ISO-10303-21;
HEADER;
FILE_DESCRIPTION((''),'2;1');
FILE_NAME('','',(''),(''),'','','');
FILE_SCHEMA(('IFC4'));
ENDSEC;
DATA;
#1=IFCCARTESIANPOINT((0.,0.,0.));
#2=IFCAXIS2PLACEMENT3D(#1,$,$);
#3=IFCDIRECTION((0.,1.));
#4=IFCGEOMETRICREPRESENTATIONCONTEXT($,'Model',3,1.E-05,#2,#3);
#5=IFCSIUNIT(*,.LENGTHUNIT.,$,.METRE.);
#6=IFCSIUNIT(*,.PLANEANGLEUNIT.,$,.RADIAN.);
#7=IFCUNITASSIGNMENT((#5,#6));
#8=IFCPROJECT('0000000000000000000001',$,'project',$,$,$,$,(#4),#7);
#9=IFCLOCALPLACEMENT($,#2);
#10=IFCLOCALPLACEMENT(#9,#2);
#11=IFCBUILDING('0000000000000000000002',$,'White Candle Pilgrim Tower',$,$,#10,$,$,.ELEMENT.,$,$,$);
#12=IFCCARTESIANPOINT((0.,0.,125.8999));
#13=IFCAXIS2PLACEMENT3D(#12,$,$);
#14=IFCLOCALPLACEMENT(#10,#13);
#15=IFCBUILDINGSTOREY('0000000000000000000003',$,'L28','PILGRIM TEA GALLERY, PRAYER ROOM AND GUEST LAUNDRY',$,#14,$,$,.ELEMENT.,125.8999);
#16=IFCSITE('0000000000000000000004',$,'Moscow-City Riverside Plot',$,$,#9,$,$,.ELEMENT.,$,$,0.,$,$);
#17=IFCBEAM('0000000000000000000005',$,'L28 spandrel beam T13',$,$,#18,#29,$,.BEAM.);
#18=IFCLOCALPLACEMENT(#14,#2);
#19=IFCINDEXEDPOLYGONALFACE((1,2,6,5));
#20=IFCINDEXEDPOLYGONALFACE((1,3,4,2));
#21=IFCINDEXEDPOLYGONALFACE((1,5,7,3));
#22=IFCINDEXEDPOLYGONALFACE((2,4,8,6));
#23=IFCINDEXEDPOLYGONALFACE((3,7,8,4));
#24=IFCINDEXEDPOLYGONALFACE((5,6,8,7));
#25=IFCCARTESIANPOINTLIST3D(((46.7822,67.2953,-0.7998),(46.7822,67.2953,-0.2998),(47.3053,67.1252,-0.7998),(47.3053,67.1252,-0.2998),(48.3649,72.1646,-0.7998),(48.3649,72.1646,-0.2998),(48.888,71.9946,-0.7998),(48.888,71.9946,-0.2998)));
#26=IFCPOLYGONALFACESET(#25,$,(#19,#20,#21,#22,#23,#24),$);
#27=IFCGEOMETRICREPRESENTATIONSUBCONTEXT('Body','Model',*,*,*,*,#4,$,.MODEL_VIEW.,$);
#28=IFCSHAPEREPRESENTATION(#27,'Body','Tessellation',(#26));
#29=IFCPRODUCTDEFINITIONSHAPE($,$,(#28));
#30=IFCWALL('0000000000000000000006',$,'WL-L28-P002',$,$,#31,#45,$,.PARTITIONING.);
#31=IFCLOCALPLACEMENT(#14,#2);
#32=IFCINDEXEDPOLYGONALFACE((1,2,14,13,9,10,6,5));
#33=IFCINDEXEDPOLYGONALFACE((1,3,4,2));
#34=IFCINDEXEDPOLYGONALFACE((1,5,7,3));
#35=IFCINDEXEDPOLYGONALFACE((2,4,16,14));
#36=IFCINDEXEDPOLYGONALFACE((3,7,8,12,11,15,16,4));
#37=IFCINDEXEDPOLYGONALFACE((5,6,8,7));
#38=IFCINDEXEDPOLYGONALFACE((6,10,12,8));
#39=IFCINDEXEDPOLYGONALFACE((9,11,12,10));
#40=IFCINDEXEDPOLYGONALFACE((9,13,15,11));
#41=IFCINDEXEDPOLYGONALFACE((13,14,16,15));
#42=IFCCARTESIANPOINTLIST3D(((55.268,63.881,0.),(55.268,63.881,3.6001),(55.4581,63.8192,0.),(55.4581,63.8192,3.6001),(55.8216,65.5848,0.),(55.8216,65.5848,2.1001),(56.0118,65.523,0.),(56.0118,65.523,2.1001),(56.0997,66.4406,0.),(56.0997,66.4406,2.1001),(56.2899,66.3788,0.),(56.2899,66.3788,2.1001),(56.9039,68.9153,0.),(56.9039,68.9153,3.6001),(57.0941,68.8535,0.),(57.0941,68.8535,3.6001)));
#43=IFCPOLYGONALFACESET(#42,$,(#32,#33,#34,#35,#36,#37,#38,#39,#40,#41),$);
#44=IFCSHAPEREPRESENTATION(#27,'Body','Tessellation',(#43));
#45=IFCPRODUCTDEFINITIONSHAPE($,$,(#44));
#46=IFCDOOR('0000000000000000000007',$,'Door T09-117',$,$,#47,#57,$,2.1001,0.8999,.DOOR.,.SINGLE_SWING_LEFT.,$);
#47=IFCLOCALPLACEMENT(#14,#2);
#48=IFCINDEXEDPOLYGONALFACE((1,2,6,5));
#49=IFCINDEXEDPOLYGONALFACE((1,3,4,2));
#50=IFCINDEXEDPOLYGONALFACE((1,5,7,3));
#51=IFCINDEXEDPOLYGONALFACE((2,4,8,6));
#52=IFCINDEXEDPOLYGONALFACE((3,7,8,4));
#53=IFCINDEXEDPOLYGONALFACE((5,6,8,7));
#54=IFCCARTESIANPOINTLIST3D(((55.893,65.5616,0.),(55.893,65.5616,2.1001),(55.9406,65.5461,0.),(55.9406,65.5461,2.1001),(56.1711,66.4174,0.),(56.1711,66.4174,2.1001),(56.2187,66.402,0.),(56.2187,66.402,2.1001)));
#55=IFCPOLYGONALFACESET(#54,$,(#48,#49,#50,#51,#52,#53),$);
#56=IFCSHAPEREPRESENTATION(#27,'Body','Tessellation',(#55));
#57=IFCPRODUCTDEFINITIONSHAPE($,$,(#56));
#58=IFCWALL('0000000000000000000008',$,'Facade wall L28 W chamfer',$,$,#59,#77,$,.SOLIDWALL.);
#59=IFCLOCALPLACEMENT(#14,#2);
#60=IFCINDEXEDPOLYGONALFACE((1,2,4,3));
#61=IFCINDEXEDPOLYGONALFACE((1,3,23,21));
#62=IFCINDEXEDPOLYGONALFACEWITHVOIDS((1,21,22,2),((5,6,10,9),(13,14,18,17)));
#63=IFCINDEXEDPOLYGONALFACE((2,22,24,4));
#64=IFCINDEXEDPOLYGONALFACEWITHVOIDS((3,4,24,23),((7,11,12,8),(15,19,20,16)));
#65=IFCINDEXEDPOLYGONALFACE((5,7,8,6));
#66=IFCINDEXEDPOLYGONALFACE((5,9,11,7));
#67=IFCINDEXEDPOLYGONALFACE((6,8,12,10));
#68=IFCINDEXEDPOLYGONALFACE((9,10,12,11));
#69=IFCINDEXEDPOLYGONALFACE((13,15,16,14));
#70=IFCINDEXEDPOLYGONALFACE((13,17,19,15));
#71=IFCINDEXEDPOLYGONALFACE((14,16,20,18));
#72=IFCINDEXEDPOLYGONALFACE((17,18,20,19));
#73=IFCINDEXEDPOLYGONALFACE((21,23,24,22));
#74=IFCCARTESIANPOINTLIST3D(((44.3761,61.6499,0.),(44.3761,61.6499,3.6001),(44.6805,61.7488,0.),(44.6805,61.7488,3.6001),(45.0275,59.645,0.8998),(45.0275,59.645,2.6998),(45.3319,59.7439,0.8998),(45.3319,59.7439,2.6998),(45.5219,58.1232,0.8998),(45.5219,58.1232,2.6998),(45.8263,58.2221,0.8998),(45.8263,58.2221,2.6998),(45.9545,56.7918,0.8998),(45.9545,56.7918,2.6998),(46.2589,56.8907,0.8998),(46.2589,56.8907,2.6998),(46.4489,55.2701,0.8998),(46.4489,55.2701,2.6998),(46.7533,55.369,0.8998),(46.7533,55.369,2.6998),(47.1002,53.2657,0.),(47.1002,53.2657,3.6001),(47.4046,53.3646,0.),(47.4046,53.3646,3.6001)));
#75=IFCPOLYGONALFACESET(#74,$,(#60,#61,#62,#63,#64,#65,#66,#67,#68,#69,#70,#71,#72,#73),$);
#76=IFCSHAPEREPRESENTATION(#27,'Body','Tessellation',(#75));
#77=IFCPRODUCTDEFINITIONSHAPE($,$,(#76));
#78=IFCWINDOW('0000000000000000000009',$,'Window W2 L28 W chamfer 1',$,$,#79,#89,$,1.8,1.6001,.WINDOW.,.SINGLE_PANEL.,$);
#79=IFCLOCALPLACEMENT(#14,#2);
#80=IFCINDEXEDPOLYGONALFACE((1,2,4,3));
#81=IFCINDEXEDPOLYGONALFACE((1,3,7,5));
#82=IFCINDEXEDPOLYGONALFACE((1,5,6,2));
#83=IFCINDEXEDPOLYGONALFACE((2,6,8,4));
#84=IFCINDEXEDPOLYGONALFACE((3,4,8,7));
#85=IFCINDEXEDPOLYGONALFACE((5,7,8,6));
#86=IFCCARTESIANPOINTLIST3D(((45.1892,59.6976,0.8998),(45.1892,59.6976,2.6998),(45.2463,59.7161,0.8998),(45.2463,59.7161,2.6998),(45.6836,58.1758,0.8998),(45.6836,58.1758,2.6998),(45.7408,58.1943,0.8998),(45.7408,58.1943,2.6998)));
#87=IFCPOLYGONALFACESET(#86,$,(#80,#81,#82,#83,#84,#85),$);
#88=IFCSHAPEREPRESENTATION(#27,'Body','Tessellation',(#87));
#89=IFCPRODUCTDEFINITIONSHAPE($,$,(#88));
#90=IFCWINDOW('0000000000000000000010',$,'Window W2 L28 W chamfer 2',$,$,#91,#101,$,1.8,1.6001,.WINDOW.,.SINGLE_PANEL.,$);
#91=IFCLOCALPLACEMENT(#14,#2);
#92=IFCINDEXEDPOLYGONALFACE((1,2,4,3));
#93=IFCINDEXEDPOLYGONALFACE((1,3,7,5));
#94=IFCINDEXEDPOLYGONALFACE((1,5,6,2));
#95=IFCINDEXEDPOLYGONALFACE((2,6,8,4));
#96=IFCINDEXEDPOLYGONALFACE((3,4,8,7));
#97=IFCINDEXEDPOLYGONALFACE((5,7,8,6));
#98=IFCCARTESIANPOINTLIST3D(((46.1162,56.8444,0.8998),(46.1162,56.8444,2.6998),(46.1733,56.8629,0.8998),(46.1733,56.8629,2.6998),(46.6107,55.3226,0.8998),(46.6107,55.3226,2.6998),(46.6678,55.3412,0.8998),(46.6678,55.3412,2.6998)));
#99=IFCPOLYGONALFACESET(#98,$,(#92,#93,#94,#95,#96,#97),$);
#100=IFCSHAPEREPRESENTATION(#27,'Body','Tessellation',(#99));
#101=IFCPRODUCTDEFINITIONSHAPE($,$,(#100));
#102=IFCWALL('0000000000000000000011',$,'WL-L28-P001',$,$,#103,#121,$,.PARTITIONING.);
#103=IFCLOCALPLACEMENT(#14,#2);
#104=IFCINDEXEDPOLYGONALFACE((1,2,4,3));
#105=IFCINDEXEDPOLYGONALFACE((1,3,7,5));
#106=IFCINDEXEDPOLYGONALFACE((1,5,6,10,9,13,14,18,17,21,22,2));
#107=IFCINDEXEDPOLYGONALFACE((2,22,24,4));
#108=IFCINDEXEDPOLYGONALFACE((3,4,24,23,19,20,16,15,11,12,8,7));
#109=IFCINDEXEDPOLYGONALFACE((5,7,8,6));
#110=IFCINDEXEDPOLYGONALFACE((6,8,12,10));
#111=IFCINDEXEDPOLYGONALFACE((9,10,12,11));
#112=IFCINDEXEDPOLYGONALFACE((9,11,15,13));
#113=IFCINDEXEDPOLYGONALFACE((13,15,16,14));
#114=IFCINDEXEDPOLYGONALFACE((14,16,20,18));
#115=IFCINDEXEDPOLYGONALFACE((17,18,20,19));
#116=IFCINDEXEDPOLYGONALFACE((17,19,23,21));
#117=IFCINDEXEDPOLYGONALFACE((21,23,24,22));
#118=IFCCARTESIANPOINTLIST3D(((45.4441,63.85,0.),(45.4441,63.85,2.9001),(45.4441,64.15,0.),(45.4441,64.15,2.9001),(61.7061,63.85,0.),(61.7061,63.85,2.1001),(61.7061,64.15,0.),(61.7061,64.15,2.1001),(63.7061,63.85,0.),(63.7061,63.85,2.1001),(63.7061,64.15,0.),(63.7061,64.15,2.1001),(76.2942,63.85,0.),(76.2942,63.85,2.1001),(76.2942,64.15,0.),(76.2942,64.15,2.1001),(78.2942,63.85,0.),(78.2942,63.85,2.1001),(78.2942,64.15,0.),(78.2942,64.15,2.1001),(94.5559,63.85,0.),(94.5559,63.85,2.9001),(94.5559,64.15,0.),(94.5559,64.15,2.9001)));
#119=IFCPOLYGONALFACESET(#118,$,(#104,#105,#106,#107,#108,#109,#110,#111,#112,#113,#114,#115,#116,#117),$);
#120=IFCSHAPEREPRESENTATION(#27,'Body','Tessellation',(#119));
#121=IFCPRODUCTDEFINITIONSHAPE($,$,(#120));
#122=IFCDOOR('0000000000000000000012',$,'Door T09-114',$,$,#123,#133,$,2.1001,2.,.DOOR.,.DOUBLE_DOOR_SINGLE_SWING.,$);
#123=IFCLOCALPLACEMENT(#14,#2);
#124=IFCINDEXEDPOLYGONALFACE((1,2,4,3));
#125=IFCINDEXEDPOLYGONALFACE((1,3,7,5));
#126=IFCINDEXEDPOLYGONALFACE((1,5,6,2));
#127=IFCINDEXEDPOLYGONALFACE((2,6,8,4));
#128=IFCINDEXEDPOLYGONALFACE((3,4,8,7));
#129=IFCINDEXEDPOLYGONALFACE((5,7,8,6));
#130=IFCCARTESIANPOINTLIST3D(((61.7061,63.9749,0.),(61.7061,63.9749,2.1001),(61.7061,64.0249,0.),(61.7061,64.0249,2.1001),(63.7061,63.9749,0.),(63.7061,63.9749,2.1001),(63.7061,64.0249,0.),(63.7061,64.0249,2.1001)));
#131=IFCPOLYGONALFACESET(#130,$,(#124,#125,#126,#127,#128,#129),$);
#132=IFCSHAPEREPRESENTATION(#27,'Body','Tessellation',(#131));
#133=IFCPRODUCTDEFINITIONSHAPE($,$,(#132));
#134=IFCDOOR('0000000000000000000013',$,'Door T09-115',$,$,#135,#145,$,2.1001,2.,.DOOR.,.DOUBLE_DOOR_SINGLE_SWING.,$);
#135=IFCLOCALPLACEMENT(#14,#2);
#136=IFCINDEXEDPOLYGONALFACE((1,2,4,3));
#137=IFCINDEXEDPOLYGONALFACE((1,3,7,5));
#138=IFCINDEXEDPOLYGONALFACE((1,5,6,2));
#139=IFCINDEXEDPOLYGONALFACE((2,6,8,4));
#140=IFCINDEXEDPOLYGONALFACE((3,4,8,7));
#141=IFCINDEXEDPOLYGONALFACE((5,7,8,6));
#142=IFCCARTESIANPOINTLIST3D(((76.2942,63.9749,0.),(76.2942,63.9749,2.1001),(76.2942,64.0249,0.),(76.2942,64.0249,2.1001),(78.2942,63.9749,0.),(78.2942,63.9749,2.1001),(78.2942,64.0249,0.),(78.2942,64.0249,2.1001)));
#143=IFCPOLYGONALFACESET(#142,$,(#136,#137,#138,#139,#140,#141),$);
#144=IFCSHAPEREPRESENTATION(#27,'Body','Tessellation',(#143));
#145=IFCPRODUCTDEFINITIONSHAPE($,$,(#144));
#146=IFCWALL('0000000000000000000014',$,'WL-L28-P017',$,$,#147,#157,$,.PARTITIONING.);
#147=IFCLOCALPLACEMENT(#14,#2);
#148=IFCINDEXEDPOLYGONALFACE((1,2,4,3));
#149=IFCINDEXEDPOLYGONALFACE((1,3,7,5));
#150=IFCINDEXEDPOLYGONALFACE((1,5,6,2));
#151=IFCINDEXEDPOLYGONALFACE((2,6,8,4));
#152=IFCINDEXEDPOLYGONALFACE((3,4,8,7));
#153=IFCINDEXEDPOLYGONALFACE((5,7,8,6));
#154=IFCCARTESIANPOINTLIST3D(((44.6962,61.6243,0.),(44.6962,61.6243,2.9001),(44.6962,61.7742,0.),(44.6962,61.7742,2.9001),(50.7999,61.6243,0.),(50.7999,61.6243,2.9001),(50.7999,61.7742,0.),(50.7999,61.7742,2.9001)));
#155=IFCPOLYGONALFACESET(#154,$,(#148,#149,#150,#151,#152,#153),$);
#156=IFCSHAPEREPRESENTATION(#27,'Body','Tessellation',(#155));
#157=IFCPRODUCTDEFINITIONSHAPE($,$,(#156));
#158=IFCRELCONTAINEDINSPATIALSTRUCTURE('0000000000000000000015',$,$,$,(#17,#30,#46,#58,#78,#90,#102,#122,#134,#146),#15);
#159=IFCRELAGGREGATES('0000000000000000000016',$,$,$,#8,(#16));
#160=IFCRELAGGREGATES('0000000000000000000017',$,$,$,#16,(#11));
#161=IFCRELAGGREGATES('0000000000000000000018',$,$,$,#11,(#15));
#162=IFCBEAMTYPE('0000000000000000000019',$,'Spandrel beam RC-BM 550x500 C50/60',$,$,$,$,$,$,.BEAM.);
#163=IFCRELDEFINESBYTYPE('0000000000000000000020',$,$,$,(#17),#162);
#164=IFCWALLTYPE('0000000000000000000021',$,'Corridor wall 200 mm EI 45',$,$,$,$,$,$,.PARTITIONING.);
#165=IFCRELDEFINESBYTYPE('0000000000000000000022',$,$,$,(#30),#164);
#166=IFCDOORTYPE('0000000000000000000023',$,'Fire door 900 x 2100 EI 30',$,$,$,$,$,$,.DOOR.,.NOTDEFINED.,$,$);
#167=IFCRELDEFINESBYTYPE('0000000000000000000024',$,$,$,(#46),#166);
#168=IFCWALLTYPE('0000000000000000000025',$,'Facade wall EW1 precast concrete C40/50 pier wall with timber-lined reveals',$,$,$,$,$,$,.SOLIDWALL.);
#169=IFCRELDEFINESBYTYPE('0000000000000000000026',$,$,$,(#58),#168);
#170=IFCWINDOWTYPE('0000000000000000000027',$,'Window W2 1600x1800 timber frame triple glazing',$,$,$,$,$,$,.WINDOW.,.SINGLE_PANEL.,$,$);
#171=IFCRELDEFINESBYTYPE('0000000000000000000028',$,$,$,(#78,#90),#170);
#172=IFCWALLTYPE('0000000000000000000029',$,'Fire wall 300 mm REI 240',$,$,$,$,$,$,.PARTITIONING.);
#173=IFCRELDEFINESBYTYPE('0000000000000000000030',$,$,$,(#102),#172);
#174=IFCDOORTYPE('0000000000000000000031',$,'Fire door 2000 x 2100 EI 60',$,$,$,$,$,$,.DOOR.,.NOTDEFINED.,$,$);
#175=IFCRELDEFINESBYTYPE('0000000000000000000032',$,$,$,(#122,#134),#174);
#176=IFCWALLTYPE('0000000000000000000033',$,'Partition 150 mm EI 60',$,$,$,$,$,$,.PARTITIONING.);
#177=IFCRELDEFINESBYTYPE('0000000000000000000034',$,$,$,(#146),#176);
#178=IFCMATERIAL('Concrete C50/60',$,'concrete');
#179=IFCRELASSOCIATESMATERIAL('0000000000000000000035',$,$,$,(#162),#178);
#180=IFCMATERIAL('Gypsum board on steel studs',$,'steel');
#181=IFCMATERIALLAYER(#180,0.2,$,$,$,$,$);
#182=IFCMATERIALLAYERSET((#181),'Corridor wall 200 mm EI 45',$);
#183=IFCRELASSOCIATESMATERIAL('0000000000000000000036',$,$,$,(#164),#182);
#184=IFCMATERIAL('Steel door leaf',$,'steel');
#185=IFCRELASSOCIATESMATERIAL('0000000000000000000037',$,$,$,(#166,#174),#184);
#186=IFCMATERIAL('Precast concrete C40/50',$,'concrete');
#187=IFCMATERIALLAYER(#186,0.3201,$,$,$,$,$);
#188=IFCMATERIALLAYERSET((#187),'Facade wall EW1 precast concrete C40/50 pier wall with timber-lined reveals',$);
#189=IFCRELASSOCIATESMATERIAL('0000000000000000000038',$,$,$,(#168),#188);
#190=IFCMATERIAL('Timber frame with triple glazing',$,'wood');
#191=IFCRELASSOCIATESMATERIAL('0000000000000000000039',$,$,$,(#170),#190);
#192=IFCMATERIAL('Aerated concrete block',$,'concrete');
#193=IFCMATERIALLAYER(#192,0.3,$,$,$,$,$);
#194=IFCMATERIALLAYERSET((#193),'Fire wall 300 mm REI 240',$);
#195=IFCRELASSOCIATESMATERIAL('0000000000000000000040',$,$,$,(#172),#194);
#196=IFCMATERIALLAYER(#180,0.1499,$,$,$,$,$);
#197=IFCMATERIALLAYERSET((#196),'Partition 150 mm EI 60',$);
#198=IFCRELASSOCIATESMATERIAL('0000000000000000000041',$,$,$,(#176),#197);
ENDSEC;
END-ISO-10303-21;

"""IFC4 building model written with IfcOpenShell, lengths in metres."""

from ifc_helpers import new_model, si_unit, direction, frame, frame_2d, origin, origin_2d, place, context, subcontext, project, spatial, rectangle, extrude, material, layer, layer_set, material_profile, profile_set, type_object, element, fill, save


model = new_model("IFC4")

# Units and contexts
model_context = context("Model", 3, precision=1e-05, world=origin(), true_north=direction((0.0, 1.0)))
body_context = subcontext(model_context, "Body", "Model", "MODEL_VIEW")
ifc_project = project(units=[si_unit("LENGTHUNIT", "METRE"), si_unit("PLANEANGLEUNIT", "RADIAN")], contexts=[model_context])

# Site, building, storey
site_placement = place(None, origin())
site = spatial("IfcSite", under=ifc_project, at=site_placement, Name="Moscow-City Riverside Plot", CompositionType="ELEMENT", RefElevation=0.0)
building_placement = place(site_placement, origin())
building = spatial("IfcBuilding", under=site, at=building_placement, Name="White Candle Pilgrim Tower", CompositionType="ELEMENT")
storey_placement = place(building_placement, frame((0.0, 0.0, 125.8999)))
storey = spatial("IfcBuildingStorey", under=building, at=storey_placement, Name="L28", Description="PILGRIM TEA GALLERY, PRAYER ROOM AND GUEST LAUNDRY", CompositionType="ELEMENT", Elevation=125.8999)

# Beam
ifc_material_1 = material(Name="Concrete C50/60", Category="concrete")
ifc_material_profile_1 = material_profile(ifc_material_1, rectangle(XDim=0.55, YDim=0.5, at=origin_2d()), Name="RC-BM 550x500")
ifc_profile_set_1 = profile_set([ifc_material_profile_1], Name="Concrete C50/60")
beam_type_1 = type_object("IfcBeamType", Name="Spandrel beam RC-BM 550x500 C50/60", PredefinedType="BEAM", material=ifc_profile_set_1)
beam_1_placement = place(storey_placement, frame((48.6265, 72.0796, -0.5498), z_axis=(-0.309124, -0.951022, 0.0), x_axis=(0.951022, -0.309124, 0.0)))
element("IfcBeam", 1, at=beam_1_placement, inside=storey, type_object=beam_type_1, Name="L28 spandrel beam T13", PredefinedType="BEAM", context=body_context, shape_type="SweptSolid", body=[
    extrude(rectangle(XDim=0.55, YDim=0.5, at=origin_2d()), origin(), (0.0, 0.0, 1.0), 5.1201),
])

# Wall, opening, door
ifc_material_2 = material(Name="Gypsum board on steel studs", Category="steel")
ifc_layer_1 = layer(ifc_material_2, 0.2)
ifc_layer_set_1 = layer_set([ifc_layer_1], Name="Corridor wall 200 mm EI 45")
wall_type_1 = type_object("IfcWallType", Name="Corridor wall 200 mm EI 45", PredefinedType="PARTITIONING", material=ifc_layer_set_1)
wall_1_placement = place(storey_placement, frame((55.363, 63.8501, 0.0), z_axis=(0.0, 0.0, 1.0), x_axis=(0.309052, 0.951045, 0.0)))
wall_1 = element("IfcWall", 2, at=wall_1_placement, inside=storey, type_object=wall_type_1, Name="WL-L28-P002", PredefinedType="PARTITIONING", context=body_context, shape_type="SweptSolid", body=[
    extrude(rectangle(XDim=5.2935, YDim=0.2, at=frame_2d((2.6467, 0.0))), origin(), (0.0, 0.0, 1.0), 3.6001),
])
opening_1_placement = place(wall_1_placement, frame((1.7915, 0.0, 0.0)))
opening_1 = element("IfcOpeningElement", 3, at=opening_1_placement, cuts=wall_1, PredefinedType="OPENING", context=body_context, shape_type="SweptSolid", body=[
    extrude(rectangle(XDim=0.8999, YDim=2.1001, at=frame_2d((0.45, 1.05))), frame((0.0, 0.1099, 0.0), z_axis=(0.0, -1.0, 0.0), x_axis=(1.0, 0.0, 0.0)), (0.0, 0.0, 1.0), 0.22),
])
ifc_material_3 = material(Name="Steel door leaf", Category="steel")
door_type_1 = type_object("IfcDoorType", Name="Fire door 900 x 2100 EI 30", OperationType="NOTDEFINED", PredefinedType="DOOR", material=ifc_material_3)
door_1_placement = place(opening_1_placement, origin())
door_1 = element("IfcDoor", 4, at=door_1_placement, inside=storey, type_object=door_type_1, Name="Door T09-117", OperationType="SINGLE_SWING_LEFT", OverallHeight=2.1001, OverallWidth=0.8999, PredefinedType="DOOR", context=body_context, shape_type="SweptSolid", body=[
    extrude(rectangle(XDim=0.8999, YDim=2.1001, at=frame_2d((0.45, 1.05))), frame((0.0, 0.0249, 0.0), z_axis=(0.0, -1.0, 0.0), x_axis=(1.0, 0.0, 0.0)), (0.0, 0.0, 1.0), 0.05),
])
fill(opening_1, door_1)

# Wall, openings, windows
ifc_material_4 = material(Name="Precast concrete C40/50", Category="concrete")
ifc_layer_2 = layer(ifc_material_4, 0.3201)
ifc_layer_set_2 = layer_set([ifc_layer_2], Name="Facade wall EW1 precast concrete C40/50 pier wall with timber-lined reveals")
wall_type_2 = type_object("IfcWallType", Name="Facade wall EW1 precast concrete C40/50 pier wall with timber-lined reveals", PredefinedType="SOLIDWALL", material=ifc_layer_set_2)
wall_2_placement = place(storey_placement, frame((44.5283, 61.6992, 0.0), z_axis=(0.0, 0.0, 1.0), x_axis=(0.309007, -0.95106, 0.0)))
wall_2 = element("IfcWall", 5, at=wall_2_placement, inside=storey, type_object=wall_type_2, Name="Facade wall L28 W chamfer", PredefinedType="SOLIDWALL", context=body_context, shape_type="SweptSolid", body=[
    extrude(rectangle(XDim=8.8157, YDim=0.3201, at=frame_2d((4.4077, 0.0))), origin(), (0.0, 0.0, 1.0), 3.6001),
])
opening_2_placement = place(wall_2_placement, frame((2.1079, 0.0, 0.8999)))
opening_2 = element("IfcOpeningElement", 6, at=opening_2_placement, cuts=wall_2, PredefinedType="OPENING", context=body_context, shape_type="SweptSolid", body=[
    extrude(rectangle(XDim=1.6001, YDim=1.8, at=frame_2d((0.8, 0.8999))), frame((0.0, 0.1699, 0.0), z_axis=(0.0, -1.0, 0.0), x_axis=(1.0, 0.0, 0.0)), (0.0, 0.0, 1.0), 0.3401),
])
opening_3_placement = place(wall_2_placement, frame((5.1079, 0.0, 0.8999)))
opening_3 = element("IfcOpeningElement", 7, at=opening_3_placement, cuts=wall_2, PredefinedType="OPENING", context=body_context, shape_type="SweptSolid", body=[
    extrude(rectangle(XDim=1.6001, YDim=1.8, at=frame_2d((0.8, 0.8999))), frame((0.0, 0.1699, 0.0), z_axis=(0.0, -1.0, 0.0), x_axis=(1.0, 0.0, 0.0)), (0.0, 0.0, 1.0), 0.3401),
])
ifc_material_5 = material(Name="Timber frame with triple glazing", Category="wood")
window_type = type_object("IfcWindowType", Name="Window W2 1600x1800 timber frame triple glazing", PartitioningType="SINGLE_PANEL", PredefinedType="WINDOW", material=ifc_material_5)
window_1_placement = place(opening_2_placement, origin())
window_1 = element("IfcWindow", 8, at=window_1_placement, inside=storey, type_object=window_type, Name="Window W2 L28 W chamfer 1", OverallHeight=1.8, OverallWidth=1.6001, PartitioningType="SINGLE_PANEL", PredefinedType="WINDOW", context=body_context, shape_type="SweptSolid", body=[
    extrude(rectangle(XDim=1.6001, YDim=1.8, at=frame_2d((0.8, 0.8999))), frame((0.0, 0.0701, 0.0), z_axis=(0.0, -1.0, 0.0), x_axis=(1.0, 0.0, 0.0)), (0.0, 0.0, 1.0), 0.0601),
])
fill(opening_2, window_1)
window_2_placement = place(opening_3_placement, origin())
window_2 = element("IfcWindow", 9, at=window_2_placement, inside=storey, type_object=window_type, Name="Window W2 L28 W chamfer 2", OverallHeight=1.8, OverallWidth=1.6001, PartitioningType="SINGLE_PANEL", PredefinedType="WINDOW", context=body_context, shape_type="SweptSolid", body=[
    extrude(rectangle(XDim=1.6001, YDim=1.8, at=frame_2d((0.8, 0.8999))), frame((0.0, 0.0701, 0.0), z_axis=(0.0, -1.0, 0.0), x_axis=(1.0, 0.0, 0.0)), (0.0, 0.0, 1.0), 0.0601),
])
fill(opening_3, window_2)

# Wall, openings, doors
ifc_material_6 = material(Name="Aerated concrete block", Category="concrete")
ifc_layer_3 = layer(ifc_material_6, 0.3)
ifc_layer_set_3 = layer_set([ifc_layer_3], Name="Fire wall 300 mm REI 240")
wall_type_3 = type_object("IfcWallType", Name="Fire wall 300 mm REI 240", PredefinedType="PARTITIONING", material=ifc_layer_set_3)
wall_3_placement = place(storey_placement, frame((45.4441, 64.0, 0.0), z_axis=(0.0, 0.0, 1.0), x_axis=(1.0, 0.0, 0.0)))
wall_3 = element("IfcWall", 10, at=wall_3_placement, inside=storey, type_object=wall_type_3, Name="WL-L28-P001", PredefinedType="PARTITIONING", context=body_context, shape_type="SweptSolid", body=[
    extrude(rectangle(XDim=49.1118, YDim=0.3, at=frame_2d((24.5559, 0.0))), origin(), (0.0, 0.0, 1.0), 2.9001),
])
opening_4_placement = place(wall_3_placement, frame((16.262, 0.0, 0.0)))
opening_4 = element("IfcOpeningElement", 11, at=opening_4_placement, cuts=wall_3, PredefinedType="OPENING", context=body_context, shape_type="SweptSolid", body=[
    extrude(rectangle(XDim=2.0, YDim=2.1001, at=frame_2d((1.0, 1.05))), frame((0.0, 0.1599, 0.0), z_axis=(0.0, -1.0, 0.0), x_axis=(1.0, 0.0, 0.0)), (0.0, 0.0, 1.0), 0.3201),
])
opening_5_placement = place(wall_3_placement, frame((30.8501, 0.0, 0.0)))
opening_5 = element("IfcOpeningElement", 12, at=opening_5_placement, cuts=wall_3, PredefinedType="OPENING", context=body_context, shape_type="SweptSolid", body=[
    extrude(rectangle(XDim=2.0, YDim=2.1001, at=frame_2d((1.0, 1.05))), frame((0.0, 0.1599, 0.0), z_axis=(0.0, -1.0, 0.0), x_axis=(1.0, 0.0, 0.0)), (0.0, 0.0, 1.0), 0.3201),
])
door_type_2 = type_object("IfcDoorType", Name="Fire door 2000 x 2100 EI 60", OperationType="NOTDEFINED", PredefinedType="DOOR", material=ifc_material_3)
door_2_placement = place(opening_4_placement, origin())
door_2 = element("IfcDoor", 13, at=door_2_placement, inside=storey, type_object=door_type_2, Name="Door T09-114", OperationType="DOUBLE_DOOR_SINGLE_SWING", OverallHeight=2.1001, OverallWidth=2.0, PredefinedType="DOOR", context=body_context, shape_type="SweptSolid", body=[
    extrude(rectangle(XDim=2.0, YDim=2.1001, at=frame_2d((1.0, 1.05))), frame((0.0, 0.0249, 0.0), z_axis=(0.0, -1.0, 0.0), x_axis=(1.0, 0.0, 0.0)), (0.0, 0.0, 1.0), 0.05),
])
fill(opening_4, door_2)
door_3_placement = place(opening_5_placement, origin())
door_3 = element("IfcDoor", 14, at=door_3_placement, inside=storey, type_object=door_type_2, Name="Door T09-115", OperationType="DOUBLE_DOOR_SINGLE_SWING", OverallHeight=2.1001, OverallWidth=2.0, PredefinedType="DOOR", context=body_context, shape_type="SweptSolid", body=[
    extrude(rectangle(XDim=2.0, YDim=2.1001, at=frame_2d((1.0, 1.05))), frame((0.0, 0.0249, 0.0), z_axis=(0.0, -1.0, 0.0), x_axis=(1.0, 0.0, 0.0)), (0.0, 0.0, 1.0), 0.05),
])
fill(opening_5, door_3)

# Wall
ifc_layer_4 = layer(ifc_material_2, 0.1499)
ifc_layer_set_4 = layer_set([ifc_layer_4], Name="Partition 150 mm EI 60")
wall_type_4 = type_object("IfcWallType", Name="Partition 150 mm EI 60", PredefinedType="PARTITIONING", material=ifc_layer_set_4)
wall_4_placement = place(storey_placement, frame((44.6963, 61.6992, 0.0), z_axis=(0.0, 0.0, 1.0), x_axis=(1.0, 0.0, 0.0)))
element("IfcWall", 15, at=wall_4_placement, inside=storey, type_object=wall_type_4, Name="WL-L28-P017", PredefinedType="PARTITIONING", context=body_context, shape_type="SweptSolid", body=[
    extrude(rectangle(XDim=6.1038, YDim=0.1499, at=frame_2d((3.0518, 0.0))), origin(), (0.0, 0.0, 1.0), 2.9001),
])

save(model, "model.ifc")
